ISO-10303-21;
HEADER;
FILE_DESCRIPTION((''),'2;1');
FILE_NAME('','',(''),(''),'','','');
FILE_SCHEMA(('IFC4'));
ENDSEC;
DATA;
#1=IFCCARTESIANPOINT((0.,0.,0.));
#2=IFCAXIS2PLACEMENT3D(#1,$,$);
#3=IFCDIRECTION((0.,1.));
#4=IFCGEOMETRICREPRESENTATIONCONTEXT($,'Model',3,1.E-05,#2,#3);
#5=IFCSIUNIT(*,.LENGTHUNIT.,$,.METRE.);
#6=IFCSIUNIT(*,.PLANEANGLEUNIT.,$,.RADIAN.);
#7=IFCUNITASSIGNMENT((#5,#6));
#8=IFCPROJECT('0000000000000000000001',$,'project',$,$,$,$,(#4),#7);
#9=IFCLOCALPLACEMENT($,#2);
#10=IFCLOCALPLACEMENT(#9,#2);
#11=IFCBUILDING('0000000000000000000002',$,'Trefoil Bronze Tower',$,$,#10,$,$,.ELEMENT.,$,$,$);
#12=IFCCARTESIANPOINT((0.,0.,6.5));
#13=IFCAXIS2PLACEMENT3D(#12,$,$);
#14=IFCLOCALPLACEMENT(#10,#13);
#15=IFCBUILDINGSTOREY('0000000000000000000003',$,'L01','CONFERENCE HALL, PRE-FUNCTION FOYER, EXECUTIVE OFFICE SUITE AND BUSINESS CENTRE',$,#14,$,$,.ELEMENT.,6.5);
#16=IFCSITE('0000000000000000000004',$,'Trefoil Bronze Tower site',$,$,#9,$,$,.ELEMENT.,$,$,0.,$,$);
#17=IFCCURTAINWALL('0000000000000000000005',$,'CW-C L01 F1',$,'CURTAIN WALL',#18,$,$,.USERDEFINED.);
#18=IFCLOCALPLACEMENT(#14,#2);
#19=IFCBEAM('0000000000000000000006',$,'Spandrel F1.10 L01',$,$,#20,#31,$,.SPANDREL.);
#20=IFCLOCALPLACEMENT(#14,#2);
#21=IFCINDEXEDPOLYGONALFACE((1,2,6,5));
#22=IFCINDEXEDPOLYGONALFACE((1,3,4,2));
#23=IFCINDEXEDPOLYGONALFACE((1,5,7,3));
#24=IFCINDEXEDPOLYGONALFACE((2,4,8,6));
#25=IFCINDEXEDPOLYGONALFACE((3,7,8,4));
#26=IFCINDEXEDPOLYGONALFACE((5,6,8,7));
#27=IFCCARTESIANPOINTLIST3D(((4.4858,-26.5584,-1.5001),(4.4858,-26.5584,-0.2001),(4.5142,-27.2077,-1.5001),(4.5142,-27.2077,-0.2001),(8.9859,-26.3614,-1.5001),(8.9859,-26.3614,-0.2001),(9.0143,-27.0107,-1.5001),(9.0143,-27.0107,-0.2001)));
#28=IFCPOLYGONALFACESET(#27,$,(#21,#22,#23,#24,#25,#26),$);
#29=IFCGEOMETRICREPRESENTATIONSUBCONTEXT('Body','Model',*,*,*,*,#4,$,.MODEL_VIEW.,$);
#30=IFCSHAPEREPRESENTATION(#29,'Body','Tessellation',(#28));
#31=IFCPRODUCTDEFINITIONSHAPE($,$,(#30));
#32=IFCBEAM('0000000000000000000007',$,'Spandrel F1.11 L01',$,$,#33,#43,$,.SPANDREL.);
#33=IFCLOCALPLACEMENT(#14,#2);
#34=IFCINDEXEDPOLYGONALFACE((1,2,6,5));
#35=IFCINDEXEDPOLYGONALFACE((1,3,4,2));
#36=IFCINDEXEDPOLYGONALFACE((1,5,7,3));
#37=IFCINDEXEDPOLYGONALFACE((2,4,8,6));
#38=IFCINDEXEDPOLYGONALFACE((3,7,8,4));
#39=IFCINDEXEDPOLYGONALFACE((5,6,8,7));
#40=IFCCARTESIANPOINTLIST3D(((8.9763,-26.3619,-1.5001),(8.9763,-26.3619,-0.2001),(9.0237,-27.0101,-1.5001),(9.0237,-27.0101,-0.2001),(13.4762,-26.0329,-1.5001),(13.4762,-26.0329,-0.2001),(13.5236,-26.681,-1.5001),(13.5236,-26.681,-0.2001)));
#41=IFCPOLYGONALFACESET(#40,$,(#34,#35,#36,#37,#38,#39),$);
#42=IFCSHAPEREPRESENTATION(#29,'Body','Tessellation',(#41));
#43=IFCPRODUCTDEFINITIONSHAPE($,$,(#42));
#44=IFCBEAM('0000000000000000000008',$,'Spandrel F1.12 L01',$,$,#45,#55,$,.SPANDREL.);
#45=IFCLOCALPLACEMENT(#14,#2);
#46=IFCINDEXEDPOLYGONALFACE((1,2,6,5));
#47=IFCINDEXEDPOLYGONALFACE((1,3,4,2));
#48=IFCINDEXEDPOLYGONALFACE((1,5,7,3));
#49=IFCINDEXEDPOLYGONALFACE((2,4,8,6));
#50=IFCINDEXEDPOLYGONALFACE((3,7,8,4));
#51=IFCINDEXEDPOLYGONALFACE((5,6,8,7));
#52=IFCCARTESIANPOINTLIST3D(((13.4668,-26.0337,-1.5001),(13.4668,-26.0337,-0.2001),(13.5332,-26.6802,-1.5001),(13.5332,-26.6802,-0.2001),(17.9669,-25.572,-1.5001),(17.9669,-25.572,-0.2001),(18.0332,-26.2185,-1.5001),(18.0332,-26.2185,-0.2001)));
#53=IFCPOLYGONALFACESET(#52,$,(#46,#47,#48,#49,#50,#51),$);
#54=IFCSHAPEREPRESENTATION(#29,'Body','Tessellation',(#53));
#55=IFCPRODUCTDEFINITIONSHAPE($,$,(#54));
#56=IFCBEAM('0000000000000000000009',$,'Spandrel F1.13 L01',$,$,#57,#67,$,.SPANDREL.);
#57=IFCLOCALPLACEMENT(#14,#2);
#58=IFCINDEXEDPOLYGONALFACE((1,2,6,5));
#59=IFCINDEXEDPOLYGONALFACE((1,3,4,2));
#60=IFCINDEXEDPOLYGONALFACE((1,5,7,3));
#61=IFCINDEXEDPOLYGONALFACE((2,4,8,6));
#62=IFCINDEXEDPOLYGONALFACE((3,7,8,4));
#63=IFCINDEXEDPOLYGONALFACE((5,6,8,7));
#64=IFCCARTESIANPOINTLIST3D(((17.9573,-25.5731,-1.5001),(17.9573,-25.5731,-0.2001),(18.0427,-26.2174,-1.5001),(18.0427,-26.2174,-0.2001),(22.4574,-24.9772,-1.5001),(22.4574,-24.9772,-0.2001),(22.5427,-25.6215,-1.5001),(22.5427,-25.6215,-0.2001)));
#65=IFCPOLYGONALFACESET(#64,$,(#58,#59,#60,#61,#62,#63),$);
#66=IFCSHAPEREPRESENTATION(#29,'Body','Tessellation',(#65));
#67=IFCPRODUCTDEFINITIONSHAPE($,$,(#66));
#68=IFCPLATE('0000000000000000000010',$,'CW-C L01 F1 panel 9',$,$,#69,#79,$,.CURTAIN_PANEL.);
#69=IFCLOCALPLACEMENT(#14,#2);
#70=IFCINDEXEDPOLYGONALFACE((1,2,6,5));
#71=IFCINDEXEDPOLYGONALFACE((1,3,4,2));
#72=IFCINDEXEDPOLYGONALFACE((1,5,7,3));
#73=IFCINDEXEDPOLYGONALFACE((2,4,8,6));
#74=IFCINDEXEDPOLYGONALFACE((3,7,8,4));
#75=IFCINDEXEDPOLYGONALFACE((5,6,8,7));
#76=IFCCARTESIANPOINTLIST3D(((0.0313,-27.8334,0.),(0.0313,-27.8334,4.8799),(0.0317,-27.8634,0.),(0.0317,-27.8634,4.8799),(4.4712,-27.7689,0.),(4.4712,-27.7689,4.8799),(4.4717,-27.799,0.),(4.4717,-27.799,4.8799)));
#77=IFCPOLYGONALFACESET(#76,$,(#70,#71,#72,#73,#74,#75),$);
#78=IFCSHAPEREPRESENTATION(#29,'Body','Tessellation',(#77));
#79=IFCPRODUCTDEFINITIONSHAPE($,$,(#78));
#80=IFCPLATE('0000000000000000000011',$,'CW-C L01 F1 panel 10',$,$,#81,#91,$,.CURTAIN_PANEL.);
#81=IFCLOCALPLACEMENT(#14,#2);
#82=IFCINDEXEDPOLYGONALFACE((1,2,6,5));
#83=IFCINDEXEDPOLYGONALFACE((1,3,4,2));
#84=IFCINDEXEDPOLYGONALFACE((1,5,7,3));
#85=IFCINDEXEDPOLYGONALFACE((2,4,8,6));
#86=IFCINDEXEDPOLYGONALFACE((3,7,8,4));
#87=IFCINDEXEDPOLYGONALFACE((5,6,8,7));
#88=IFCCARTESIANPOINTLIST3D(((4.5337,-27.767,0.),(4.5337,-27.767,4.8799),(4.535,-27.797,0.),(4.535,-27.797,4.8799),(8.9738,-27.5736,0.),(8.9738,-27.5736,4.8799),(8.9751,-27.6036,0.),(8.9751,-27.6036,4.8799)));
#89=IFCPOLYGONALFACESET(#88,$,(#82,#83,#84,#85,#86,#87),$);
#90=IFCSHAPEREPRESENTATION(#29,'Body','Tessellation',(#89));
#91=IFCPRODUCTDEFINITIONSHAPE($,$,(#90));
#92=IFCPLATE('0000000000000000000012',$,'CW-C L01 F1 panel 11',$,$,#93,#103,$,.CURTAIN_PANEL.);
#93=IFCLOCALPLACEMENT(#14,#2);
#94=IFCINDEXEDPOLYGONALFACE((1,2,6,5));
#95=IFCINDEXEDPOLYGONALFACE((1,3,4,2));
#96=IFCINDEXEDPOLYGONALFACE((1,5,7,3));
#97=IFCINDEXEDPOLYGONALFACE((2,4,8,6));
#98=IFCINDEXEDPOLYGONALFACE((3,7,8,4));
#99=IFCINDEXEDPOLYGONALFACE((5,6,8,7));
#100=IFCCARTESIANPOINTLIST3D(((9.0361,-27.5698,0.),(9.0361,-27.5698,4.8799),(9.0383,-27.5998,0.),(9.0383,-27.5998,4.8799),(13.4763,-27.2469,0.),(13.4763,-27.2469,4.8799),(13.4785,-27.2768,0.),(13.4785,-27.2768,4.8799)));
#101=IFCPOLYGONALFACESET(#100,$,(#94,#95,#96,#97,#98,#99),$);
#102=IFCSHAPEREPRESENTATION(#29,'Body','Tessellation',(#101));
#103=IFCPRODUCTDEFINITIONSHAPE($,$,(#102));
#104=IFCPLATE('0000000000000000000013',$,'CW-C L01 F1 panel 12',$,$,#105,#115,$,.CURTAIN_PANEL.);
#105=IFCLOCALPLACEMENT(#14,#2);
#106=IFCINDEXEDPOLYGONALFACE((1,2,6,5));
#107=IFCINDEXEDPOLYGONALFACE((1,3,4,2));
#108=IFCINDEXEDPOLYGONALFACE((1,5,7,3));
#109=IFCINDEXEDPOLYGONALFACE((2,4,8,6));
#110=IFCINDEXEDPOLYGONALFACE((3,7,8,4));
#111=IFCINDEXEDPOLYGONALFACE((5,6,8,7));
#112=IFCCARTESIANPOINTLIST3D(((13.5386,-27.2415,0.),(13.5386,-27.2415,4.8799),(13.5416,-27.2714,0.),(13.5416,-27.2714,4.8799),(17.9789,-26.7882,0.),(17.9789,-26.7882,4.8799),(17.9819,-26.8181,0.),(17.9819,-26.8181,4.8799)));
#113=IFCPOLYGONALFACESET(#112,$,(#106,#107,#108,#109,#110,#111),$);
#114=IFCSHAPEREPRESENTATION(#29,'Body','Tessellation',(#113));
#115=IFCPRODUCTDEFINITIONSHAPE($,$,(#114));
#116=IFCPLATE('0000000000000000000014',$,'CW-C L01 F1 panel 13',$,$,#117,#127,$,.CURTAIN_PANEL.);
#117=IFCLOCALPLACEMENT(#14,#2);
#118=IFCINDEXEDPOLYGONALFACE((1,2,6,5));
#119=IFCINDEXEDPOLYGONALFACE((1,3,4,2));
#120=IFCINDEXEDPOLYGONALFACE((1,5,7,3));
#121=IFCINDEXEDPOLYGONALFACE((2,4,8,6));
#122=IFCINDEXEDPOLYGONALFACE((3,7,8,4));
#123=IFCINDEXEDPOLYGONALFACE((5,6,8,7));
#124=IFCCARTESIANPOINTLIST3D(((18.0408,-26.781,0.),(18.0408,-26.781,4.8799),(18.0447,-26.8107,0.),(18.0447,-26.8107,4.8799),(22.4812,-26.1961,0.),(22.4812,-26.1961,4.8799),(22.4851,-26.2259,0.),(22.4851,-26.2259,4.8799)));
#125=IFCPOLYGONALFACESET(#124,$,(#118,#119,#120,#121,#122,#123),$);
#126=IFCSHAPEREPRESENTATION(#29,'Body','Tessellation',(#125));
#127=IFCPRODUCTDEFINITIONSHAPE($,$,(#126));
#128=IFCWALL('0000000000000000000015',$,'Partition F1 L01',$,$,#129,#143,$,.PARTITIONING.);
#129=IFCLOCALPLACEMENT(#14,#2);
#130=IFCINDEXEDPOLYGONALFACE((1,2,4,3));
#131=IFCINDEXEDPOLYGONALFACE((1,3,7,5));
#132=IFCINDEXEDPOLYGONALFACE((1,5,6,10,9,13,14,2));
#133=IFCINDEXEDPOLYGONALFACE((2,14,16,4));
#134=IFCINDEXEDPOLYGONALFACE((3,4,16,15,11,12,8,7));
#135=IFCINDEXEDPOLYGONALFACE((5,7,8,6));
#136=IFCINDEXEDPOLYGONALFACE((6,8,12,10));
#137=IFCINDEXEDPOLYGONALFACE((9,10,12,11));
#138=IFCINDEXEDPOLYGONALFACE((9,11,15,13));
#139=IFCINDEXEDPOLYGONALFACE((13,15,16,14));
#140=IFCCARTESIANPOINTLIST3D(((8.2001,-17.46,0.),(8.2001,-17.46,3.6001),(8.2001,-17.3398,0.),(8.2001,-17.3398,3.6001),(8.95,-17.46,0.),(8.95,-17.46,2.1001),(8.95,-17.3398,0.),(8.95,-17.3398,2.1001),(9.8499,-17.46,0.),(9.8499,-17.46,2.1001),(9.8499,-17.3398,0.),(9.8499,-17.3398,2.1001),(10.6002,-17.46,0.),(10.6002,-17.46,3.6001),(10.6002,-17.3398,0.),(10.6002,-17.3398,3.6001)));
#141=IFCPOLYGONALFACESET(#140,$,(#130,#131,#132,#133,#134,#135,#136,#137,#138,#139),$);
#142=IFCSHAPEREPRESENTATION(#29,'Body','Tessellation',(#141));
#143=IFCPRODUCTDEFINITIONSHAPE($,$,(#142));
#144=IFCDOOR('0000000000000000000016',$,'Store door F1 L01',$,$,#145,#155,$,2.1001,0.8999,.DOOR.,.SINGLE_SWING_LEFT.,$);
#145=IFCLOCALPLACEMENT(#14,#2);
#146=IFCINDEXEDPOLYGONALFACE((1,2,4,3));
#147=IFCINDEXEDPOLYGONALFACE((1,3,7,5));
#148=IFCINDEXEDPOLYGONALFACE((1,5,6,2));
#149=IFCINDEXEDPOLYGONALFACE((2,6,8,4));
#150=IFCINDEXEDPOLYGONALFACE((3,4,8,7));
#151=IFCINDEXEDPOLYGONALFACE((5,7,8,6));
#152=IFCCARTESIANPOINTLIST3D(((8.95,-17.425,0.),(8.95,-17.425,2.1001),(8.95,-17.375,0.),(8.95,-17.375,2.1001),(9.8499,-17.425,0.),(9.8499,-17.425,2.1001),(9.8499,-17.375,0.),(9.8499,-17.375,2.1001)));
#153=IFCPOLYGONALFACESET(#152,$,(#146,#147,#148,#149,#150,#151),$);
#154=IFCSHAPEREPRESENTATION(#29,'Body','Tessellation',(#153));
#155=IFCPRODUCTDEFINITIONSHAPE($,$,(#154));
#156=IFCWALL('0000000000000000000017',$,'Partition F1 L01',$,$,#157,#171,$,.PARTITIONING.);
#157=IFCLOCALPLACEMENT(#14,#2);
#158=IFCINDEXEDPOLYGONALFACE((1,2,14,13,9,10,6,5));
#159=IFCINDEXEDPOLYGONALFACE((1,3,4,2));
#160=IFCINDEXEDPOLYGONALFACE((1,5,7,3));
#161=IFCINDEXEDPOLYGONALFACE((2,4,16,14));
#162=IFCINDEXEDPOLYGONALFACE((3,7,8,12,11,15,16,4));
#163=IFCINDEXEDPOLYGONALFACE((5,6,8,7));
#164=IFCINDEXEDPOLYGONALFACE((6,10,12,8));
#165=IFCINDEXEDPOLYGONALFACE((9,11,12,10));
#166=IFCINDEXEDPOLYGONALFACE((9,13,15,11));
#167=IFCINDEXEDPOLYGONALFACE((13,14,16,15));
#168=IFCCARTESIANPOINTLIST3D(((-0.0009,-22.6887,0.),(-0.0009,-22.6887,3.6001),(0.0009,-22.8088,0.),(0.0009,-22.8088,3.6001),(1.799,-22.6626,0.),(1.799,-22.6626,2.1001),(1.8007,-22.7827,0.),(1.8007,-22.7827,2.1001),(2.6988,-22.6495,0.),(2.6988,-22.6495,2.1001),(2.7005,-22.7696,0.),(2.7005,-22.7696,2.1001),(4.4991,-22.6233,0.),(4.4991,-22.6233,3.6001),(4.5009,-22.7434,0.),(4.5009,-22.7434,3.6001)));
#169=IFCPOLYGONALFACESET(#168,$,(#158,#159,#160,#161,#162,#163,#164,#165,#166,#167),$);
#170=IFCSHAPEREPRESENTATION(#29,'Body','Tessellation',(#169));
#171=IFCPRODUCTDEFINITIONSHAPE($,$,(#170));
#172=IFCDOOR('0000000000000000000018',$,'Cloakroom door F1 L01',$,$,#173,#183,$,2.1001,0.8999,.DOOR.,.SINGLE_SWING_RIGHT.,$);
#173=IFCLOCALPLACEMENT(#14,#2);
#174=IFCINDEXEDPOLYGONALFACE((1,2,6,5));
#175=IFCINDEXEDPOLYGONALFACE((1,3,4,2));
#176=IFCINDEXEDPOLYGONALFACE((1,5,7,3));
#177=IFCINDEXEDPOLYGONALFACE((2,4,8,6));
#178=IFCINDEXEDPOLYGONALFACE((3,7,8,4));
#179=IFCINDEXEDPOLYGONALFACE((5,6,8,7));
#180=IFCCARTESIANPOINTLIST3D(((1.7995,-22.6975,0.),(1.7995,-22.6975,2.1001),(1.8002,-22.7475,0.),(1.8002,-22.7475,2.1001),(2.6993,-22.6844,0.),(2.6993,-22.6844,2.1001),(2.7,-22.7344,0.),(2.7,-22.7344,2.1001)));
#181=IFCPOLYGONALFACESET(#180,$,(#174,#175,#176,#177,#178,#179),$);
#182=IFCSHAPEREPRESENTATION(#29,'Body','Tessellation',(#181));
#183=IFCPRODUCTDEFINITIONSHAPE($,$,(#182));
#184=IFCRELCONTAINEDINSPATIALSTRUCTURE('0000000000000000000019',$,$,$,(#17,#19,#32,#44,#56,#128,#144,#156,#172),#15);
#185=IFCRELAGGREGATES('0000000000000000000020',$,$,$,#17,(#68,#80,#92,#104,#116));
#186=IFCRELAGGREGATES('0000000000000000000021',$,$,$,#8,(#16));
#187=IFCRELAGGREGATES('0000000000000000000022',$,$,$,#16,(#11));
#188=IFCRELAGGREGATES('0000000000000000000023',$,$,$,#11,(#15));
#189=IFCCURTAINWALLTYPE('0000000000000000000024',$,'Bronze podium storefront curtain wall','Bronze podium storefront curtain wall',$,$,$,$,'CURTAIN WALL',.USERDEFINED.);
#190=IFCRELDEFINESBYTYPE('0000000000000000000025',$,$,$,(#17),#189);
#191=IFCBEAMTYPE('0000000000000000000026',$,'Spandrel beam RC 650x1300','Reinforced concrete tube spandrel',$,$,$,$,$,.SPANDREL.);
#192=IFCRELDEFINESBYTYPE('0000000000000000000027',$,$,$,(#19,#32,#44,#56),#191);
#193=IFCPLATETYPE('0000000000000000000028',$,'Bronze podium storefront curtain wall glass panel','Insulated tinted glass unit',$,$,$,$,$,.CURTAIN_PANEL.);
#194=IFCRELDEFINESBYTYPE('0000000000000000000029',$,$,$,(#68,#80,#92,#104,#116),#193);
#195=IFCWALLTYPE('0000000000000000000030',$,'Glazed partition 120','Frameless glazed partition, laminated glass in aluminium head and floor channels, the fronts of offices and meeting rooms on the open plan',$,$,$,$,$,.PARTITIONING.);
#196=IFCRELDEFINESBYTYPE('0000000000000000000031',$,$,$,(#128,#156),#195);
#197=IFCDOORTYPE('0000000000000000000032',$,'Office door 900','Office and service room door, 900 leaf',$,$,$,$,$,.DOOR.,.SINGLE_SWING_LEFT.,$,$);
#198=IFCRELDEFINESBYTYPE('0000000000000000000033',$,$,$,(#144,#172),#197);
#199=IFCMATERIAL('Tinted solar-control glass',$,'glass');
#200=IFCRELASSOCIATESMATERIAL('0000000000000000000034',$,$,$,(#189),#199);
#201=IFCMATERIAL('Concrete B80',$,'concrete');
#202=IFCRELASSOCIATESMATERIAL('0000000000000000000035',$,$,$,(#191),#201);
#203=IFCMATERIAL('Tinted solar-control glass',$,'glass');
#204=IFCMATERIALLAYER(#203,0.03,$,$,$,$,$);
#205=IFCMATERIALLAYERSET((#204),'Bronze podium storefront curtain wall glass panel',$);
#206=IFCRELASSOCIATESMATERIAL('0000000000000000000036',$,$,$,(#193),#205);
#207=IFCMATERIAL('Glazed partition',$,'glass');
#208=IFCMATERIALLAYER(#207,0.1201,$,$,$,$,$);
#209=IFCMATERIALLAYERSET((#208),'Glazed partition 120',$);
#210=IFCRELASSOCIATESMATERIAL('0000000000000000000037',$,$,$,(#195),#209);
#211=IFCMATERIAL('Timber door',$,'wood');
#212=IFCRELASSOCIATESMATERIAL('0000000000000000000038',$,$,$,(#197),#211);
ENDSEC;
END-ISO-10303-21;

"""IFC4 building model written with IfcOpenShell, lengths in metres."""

from ifc_helpers import new_model, si_unit, direction, frame, frame_2d, origin, origin_2d, place, context, subcontext, project, spatial, rectangle, extrude, material, layer, layer_set, material_profile, profile_set, type_object, element, fill, aggregate, save


model = new_model("IFC4")

# Units and contexts
model_context = context("Model", 3, precision=1e-05, world=origin(), true_north=direction((0.0, 1.0)))
body_context = subcontext(model_context, "Body", "Model", "MODEL_VIEW")
ifc_project = project(units=[si_unit("LENGTHUNIT", "METRE"), si_unit("PLANEANGLEUNIT", "RADIAN")], contexts=[model_context])

# Site, building, storey
site_placement = place(None, origin())
site = spatial("IfcSite", under=ifc_project, at=site_placement, Name="Trefoil Bronze Tower site", CompositionType="ELEMENT", RefElevation=0.0)
building_placement = place(site_placement, origin())
building = spatial("IfcBuilding", under=site, at=building_placement, Name="Trefoil Bronze Tower", CompositionType="ELEMENT")
storey_placement = place(building_placement, frame((0.0, 0.0, 6.5)))
storey = spatial("IfcBuildingStorey", under=building, at=storey_placement, Name="L01", Description="CONFERENCE HALL, PRE-FUNCTION FOYER, EXECUTIVE OFFICE SUITE AND BUSINESS CENTRE", CompositionType="ELEMENT", Elevation=6.5)

# Curtain wall
ifc_material_1 = material(Name="Tinted solar-control glass", Category="glass")
curtain_wall_type = type_object("IfcCurtainWallType", Name="Bronze podium storefront curtain wall", Description="Bronze podium storefront curtain wall", ElementType="CURTAIN WALL", PredefinedType="USERDEFINED", material=ifc_material_1)
curtain_wall_placement = place(storey_placement, origin())
curtain_wall = element("IfcCurtainWall", 1, at=curtain_wall_placement, inside=storey, type_object=curtain_wall_type, Name="CW-C L01 F1", ObjectType="CURTAIN WALL", PredefinedType="USERDEFINED")

# Beams
ifc_material_2 = material(Name="Concrete B80", Category="concrete")
ifc_material_profile_1 = material_profile(ifc_material_2, rectangle(XDim=0.6499, YDim=1.3, at=origin_2d()), Name="RC 650x1300")
ifc_profile_set_1 = profile_set([ifc_material_profile_1], Name="Concrete B80")
beam_type_1 = type_object("IfcBeamType", Name="Spandrel beam RC 650x1300", Description="Reinforced concrete tube spandrel", PredefinedType="SPANDREL", material=ifc_profile_set_1)
beam_1_placement = place(storey_placement, frame((4.5, -26.8831, -0.8501), z_axis=(0.999043, 0.043741, 0.0), x_axis=(-0.043741, 0.999043, 0.0)))
element("IfcBeam", 2, at=beam_1_placement, inside=storey, type_object=beam_type_1, Name="Spandrel F1.10 L01", PredefinedType="SPANDREL", context=body_context, shape_type="SweptSolid", body=[
    extrude(rectangle(XDim=0.6499, YDim=1.3, at=origin_2d()), origin(), (0.0, 0.0, 1.0), 4.5044),
])
beam_2_placement = place(storey_placement, frame((9.0, -26.686, -0.8501), z_axis=(0.997336, 0.072939, 0.0), x_axis=(-0.072939, 0.997336, 0.0)))
element("IfcBeam", 3, at=beam_2_placement, inside=storey, type_object=beam_type_1, Name="Spandrel F1.11 L01", PredefinedType="SPANDREL", context=body_context, shape_type="SweptSolid", body=[
    extrude(rectangle(XDim=0.6499, YDim=1.3, at=origin_2d()), origin(), (0.0, 0.0, 1.0), 4.512),
])
beam_3_placement = place(storey_placement, frame((13.5, -26.3569, -0.8501), z_axis=(0.994778, 0.102058, 0.0), x_axis=(-0.102058, 0.994778, 0.0)))
element("IfcBeam", 4, at=beam_3_placement, inside=storey, type_object=beam_type_1, Name="Spandrel F1.12 L01", PredefinedType="SPANDREL", context=body_context, shape_type="SweptSolid", body=[
    extrude(rectangle(XDim=0.6499, YDim=1.3, at=origin_2d()), origin(), (0.0, 0.0, 1.0), 4.5237),
])
beam_4_placement = place(storey_placement, frame((18.0, -25.8953, -0.8501), z_axis=(0.991344, 0.131286, 0.0), x_axis=(-0.131286, 0.991344, 0.0)))
element("IfcBeam", 5, at=beam_4_placement, inside=storey, type_object=beam_type_1, Name="Spandrel F1.13 L01", PredefinedType="SPANDREL", context=body_context, shape_type="SweptSolid", body=[
    extrude(rectangle(XDim=0.6499, YDim=1.3, at=origin_2d()), origin(), (0.0, 0.0, 1.0), 4.5393),
])

# Plates
ifc_material_3 = material(Name="Tinted solar-control glass", Category="glass")
ifc_layer_1 = layer(ifc_material_3, 0.03)
ifc_layer_set_1 = layer_set([ifc_layer_1], Name="Bronze podium storefront curtain wall glass panel")
plate_type = type_object("IfcPlateType", Name="Bronze podium storefront curtain wall glass panel", Description="Insulated tinted glass unit", PredefinedType="CURTAIN_PANEL", material=ifc_layer_set_1)
plate_1_placement = place(storey_placement, frame((2.2515, -27.8162, 0.0), z_axis=(0.0, 0.0, 1.0), x_axis=(0.999895, 0.014509, 0.0)))
plate_1 = element("IfcPlate", 6, at=plate_1_placement, type_object=plate_type, Name="CW-C L01 F1 panel 9", PredefinedType="CURTAIN_PANEL", context=body_context, shape_type="SweptSolid", body=[
    extrude(rectangle(XDim=4.4404, YDim=0.03, at=origin_2d()), origin(), (0.0, 0.0, 1.0), 4.8799),
])
plate_2_placement = place(storey_placement, frame((6.7544, -27.6853, 0.0), z_axis=(0.0, 0.0, 1.0), x_axis=(0.999052, 0.043528, 0.0)))
plate_2 = element("IfcPlate", 7, at=plate_2_placement, type_object=plate_type, Name="CW-C L01 F1 panel 10", PredefinedType="CURTAIN_PANEL", context=body_context, shape_type="SweptSolid", body=[
    extrude(rectangle(XDim=4.4443, YDim=0.03, at=origin_2d()), origin(), (0.0, 0.0, 1.0), 4.8799),
])
plate_3_placement = place(storey_placement, frame((11.2573, -27.4233, 0.0), z_axis=(0.0, 0.0, 1.0), x_axis=(0.997365, 0.072547, 0.0)))
plate_3 = element("IfcPlate", 8, at=plate_3_placement, type_object=plate_type, Name="CW-C L01 F1 panel 11", PredefinedType="CURTAIN_PANEL", context=body_context, shape_type="SweptSolid", body=[
    extrude(rectangle(XDim=4.4519, YDim=0.03, at=origin_2d()), origin(), (0.0, 0.0, 1.0), 4.8799),
])
plate_4_placement = place(storey_placement, frame((15.7603, -27.0298, 0.0), z_axis=(0.0, 0.0, 1.0), x_axis=(0.994829, 0.101565, 0.0)))
plate_4 = element("IfcPlate", 9, at=plate_4_placement, type_object=plate_type, Name="CW-C L01 F1 panel 12", PredefinedType="CURTAIN_PANEL", context=body_context, shape_type="SweptSolid", body=[
    extrude(rectangle(XDim=4.4634, YDim=0.03, at=origin_2d()), origin(), (0.0, 0.0, 1.0), 4.8799),
])
plate_5_placement = place(storey_placement, frame((20.2629, -26.5034, 0.0), z_axis=(0.0, 0.0, 1.0), x_axis=(0.991437, 0.130584, 0.0)))
plate_5 = element("IfcPlate", 10, at=plate_5_placement, type_object=plate_type, Name="CW-C L01 F1 panel 13", PredefinedType="CURTAIN_PANEL", context=body_context, shape_type="SweptSolid", body=[
    extrude(rectangle(XDim=4.4788, YDim=0.03, at=origin_2d()), origin(), (0.0, 0.0, 1.0), 4.8799),
])
aggregate(curtain_wall, [plate_1, plate_2, plate_3, plate_4, plate_5])

# Walls, openings, doors
ifc_material_4 = material(Name="Glazed partition", Category="glass")
ifc_layer_2 = layer(ifc_material_4, 0.1201)
ifc_layer_set_2 = layer_set([ifc_layer_2], Name="Glazed partition 120")
wall_type = type_object("IfcWallType", Name="Glazed partition 120", Description="Frameless glazed partition, laminated glass in aluminium head and floor channels, the fronts of offices and meeting rooms on the open plan", PredefinedType="PARTITIONING", material=ifc_layer_set_2)
wall_1_placement = place(storey_placement, frame((8.2, -17.3999, 0.0), z_axis=(0.0, 0.0, 1.0), x_axis=(1.0, 0.0, 0.0)))
wall_1 = element("IfcWall", 11, at=wall_1_placement, inside=storey, type_object=wall_type, Name="Partition F1 L01", PredefinedType="PARTITIONING", context=body_context, shape_type="SweptSolid", body=[
    extrude(rectangle(XDim=2.4001, YDim=0.1201, at=frame_2d((1.2002, 0.0))), origin(), (0.0, 0.0, 1.0), 3.6001),
])
opening_1_placement = place(wall_1_placement, frame((0.75, 0.0, 0.0)))
opening_1 = element("IfcOpeningElement", 12, at=opening_1_placement, cuts=wall_1, PredefinedType="OPENING", context=body_context, shape_type="SweptSolid", body=[
    extrude(rectangle(XDim=0.8999, YDim=2.1001, at=frame_2d((0.45, 1.05))), frame((0.0, 0.0701, 0.0), z_axis=(0.0, -1.0, 0.0), x_axis=(1.0, 0.0, 0.0)), (0.0, 0.0, 1.0), 0.1401),
])
ifc_material_5 = material(Name="Timber door", Category="wood")
door_type = type_object("IfcDoorType", Name="Office door 900", Description="Office and service room door, 900 leaf", OperationType="SINGLE_SWING_LEFT", PredefinedType="DOOR", material=ifc_material_5)
door_1_placement = place(opening_1_placement, origin())
door_1 = element("IfcDoor", 13, at=door_1_placement, inside=storey, type_object=door_type, Name="Store door F1 L01", OperationType="SINGLE_SWING_LEFT", OverallHeight=2.1001, OverallWidth=0.8999, PredefinedType="DOOR", context=body_context, shape_type="SweptSolid", body=[
    extrude(rectangle(XDim=0.8999, YDim=2.1001, at=frame_2d((0.45, 1.05))), frame((0.0, 0.0249, 0.0), z_axis=(0.0, -1.0, 0.0), x_axis=(1.0, 0.0, 0.0)), (0.0, 0.0, 1.0), 0.05),
])
fill(opening_1, door_1)
wall_2_placement = place(storey_placement, frame((0.0, -22.7488, 0.0), z_axis=(0.0, 0.0, 1.0), x_axis=(0.999894, 0.014538, 0.0)))
wall_2 = element("IfcWall", 14, at=wall_2_placement, inside=storey, type_object=wall_type, Name="Partition F1 L01", PredefinedType="PARTITIONING", context=body_context, shape_type="SweptSolid", body=[
    extrude(rectangle(XDim=4.5005, YDim=0.1201, at=frame_2d((2.2502, 0.0))), origin(), (0.0, 0.0, 1.0), 3.6001),
])
opening_2_placement = place(wall_2_placement, frame((1.8, 0.0, 0.0)))
opening_2 = element("IfcOpeningElement", 15, at=opening_2_placement, cuts=wall_2, PredefinedType="OPENING", context=body_context, shape_type="SweptSolid", body=[
    extrude(rectangle(XDim=0.8999, YDim=2.1001, at=frame_2d((0.45, 1.05))), frame((0.0, 0.0701, 0.0), z_axis=(0.0, -1.0, 0.0), x_axis=(1.0, 0.0, 0.0)), (0.0, 0.0, 1.0), 0.1401),
])
door_2_placement = place(opening_2_placement, frame((0.8999, 0.0, 0.0), z_axis=(0.0, 0.0, 1.0), x_axis=(-1.0, 0.0, 0.0)))
door_2 = element("IfcDoor", 16, at=door_2_placement, inside=storey, type_object=door_type, Name="Cloakroom door F1 L01", OperationType="SINGLE_SWING_RIGHT", OverallHeight=2.1001, OverallWidth=0.8999, PredefinedType="DOOR", context=body_context, shape_type="SweptSolid", body=[
    extrude(rectangle(XDim=0.8999, YDim=2.1001, at=frame_2d((0.45, 1.05))), frame((0.0, 0.0249, 0.0), z_axis=(0.0, -1.0, 0.0), x_axis=(1.0, 0.0, 0.0)), (0.0, 0.0, 1.0), 0.05),
])
fill(opening_2, door_2)

save(model, "model.ifc")
